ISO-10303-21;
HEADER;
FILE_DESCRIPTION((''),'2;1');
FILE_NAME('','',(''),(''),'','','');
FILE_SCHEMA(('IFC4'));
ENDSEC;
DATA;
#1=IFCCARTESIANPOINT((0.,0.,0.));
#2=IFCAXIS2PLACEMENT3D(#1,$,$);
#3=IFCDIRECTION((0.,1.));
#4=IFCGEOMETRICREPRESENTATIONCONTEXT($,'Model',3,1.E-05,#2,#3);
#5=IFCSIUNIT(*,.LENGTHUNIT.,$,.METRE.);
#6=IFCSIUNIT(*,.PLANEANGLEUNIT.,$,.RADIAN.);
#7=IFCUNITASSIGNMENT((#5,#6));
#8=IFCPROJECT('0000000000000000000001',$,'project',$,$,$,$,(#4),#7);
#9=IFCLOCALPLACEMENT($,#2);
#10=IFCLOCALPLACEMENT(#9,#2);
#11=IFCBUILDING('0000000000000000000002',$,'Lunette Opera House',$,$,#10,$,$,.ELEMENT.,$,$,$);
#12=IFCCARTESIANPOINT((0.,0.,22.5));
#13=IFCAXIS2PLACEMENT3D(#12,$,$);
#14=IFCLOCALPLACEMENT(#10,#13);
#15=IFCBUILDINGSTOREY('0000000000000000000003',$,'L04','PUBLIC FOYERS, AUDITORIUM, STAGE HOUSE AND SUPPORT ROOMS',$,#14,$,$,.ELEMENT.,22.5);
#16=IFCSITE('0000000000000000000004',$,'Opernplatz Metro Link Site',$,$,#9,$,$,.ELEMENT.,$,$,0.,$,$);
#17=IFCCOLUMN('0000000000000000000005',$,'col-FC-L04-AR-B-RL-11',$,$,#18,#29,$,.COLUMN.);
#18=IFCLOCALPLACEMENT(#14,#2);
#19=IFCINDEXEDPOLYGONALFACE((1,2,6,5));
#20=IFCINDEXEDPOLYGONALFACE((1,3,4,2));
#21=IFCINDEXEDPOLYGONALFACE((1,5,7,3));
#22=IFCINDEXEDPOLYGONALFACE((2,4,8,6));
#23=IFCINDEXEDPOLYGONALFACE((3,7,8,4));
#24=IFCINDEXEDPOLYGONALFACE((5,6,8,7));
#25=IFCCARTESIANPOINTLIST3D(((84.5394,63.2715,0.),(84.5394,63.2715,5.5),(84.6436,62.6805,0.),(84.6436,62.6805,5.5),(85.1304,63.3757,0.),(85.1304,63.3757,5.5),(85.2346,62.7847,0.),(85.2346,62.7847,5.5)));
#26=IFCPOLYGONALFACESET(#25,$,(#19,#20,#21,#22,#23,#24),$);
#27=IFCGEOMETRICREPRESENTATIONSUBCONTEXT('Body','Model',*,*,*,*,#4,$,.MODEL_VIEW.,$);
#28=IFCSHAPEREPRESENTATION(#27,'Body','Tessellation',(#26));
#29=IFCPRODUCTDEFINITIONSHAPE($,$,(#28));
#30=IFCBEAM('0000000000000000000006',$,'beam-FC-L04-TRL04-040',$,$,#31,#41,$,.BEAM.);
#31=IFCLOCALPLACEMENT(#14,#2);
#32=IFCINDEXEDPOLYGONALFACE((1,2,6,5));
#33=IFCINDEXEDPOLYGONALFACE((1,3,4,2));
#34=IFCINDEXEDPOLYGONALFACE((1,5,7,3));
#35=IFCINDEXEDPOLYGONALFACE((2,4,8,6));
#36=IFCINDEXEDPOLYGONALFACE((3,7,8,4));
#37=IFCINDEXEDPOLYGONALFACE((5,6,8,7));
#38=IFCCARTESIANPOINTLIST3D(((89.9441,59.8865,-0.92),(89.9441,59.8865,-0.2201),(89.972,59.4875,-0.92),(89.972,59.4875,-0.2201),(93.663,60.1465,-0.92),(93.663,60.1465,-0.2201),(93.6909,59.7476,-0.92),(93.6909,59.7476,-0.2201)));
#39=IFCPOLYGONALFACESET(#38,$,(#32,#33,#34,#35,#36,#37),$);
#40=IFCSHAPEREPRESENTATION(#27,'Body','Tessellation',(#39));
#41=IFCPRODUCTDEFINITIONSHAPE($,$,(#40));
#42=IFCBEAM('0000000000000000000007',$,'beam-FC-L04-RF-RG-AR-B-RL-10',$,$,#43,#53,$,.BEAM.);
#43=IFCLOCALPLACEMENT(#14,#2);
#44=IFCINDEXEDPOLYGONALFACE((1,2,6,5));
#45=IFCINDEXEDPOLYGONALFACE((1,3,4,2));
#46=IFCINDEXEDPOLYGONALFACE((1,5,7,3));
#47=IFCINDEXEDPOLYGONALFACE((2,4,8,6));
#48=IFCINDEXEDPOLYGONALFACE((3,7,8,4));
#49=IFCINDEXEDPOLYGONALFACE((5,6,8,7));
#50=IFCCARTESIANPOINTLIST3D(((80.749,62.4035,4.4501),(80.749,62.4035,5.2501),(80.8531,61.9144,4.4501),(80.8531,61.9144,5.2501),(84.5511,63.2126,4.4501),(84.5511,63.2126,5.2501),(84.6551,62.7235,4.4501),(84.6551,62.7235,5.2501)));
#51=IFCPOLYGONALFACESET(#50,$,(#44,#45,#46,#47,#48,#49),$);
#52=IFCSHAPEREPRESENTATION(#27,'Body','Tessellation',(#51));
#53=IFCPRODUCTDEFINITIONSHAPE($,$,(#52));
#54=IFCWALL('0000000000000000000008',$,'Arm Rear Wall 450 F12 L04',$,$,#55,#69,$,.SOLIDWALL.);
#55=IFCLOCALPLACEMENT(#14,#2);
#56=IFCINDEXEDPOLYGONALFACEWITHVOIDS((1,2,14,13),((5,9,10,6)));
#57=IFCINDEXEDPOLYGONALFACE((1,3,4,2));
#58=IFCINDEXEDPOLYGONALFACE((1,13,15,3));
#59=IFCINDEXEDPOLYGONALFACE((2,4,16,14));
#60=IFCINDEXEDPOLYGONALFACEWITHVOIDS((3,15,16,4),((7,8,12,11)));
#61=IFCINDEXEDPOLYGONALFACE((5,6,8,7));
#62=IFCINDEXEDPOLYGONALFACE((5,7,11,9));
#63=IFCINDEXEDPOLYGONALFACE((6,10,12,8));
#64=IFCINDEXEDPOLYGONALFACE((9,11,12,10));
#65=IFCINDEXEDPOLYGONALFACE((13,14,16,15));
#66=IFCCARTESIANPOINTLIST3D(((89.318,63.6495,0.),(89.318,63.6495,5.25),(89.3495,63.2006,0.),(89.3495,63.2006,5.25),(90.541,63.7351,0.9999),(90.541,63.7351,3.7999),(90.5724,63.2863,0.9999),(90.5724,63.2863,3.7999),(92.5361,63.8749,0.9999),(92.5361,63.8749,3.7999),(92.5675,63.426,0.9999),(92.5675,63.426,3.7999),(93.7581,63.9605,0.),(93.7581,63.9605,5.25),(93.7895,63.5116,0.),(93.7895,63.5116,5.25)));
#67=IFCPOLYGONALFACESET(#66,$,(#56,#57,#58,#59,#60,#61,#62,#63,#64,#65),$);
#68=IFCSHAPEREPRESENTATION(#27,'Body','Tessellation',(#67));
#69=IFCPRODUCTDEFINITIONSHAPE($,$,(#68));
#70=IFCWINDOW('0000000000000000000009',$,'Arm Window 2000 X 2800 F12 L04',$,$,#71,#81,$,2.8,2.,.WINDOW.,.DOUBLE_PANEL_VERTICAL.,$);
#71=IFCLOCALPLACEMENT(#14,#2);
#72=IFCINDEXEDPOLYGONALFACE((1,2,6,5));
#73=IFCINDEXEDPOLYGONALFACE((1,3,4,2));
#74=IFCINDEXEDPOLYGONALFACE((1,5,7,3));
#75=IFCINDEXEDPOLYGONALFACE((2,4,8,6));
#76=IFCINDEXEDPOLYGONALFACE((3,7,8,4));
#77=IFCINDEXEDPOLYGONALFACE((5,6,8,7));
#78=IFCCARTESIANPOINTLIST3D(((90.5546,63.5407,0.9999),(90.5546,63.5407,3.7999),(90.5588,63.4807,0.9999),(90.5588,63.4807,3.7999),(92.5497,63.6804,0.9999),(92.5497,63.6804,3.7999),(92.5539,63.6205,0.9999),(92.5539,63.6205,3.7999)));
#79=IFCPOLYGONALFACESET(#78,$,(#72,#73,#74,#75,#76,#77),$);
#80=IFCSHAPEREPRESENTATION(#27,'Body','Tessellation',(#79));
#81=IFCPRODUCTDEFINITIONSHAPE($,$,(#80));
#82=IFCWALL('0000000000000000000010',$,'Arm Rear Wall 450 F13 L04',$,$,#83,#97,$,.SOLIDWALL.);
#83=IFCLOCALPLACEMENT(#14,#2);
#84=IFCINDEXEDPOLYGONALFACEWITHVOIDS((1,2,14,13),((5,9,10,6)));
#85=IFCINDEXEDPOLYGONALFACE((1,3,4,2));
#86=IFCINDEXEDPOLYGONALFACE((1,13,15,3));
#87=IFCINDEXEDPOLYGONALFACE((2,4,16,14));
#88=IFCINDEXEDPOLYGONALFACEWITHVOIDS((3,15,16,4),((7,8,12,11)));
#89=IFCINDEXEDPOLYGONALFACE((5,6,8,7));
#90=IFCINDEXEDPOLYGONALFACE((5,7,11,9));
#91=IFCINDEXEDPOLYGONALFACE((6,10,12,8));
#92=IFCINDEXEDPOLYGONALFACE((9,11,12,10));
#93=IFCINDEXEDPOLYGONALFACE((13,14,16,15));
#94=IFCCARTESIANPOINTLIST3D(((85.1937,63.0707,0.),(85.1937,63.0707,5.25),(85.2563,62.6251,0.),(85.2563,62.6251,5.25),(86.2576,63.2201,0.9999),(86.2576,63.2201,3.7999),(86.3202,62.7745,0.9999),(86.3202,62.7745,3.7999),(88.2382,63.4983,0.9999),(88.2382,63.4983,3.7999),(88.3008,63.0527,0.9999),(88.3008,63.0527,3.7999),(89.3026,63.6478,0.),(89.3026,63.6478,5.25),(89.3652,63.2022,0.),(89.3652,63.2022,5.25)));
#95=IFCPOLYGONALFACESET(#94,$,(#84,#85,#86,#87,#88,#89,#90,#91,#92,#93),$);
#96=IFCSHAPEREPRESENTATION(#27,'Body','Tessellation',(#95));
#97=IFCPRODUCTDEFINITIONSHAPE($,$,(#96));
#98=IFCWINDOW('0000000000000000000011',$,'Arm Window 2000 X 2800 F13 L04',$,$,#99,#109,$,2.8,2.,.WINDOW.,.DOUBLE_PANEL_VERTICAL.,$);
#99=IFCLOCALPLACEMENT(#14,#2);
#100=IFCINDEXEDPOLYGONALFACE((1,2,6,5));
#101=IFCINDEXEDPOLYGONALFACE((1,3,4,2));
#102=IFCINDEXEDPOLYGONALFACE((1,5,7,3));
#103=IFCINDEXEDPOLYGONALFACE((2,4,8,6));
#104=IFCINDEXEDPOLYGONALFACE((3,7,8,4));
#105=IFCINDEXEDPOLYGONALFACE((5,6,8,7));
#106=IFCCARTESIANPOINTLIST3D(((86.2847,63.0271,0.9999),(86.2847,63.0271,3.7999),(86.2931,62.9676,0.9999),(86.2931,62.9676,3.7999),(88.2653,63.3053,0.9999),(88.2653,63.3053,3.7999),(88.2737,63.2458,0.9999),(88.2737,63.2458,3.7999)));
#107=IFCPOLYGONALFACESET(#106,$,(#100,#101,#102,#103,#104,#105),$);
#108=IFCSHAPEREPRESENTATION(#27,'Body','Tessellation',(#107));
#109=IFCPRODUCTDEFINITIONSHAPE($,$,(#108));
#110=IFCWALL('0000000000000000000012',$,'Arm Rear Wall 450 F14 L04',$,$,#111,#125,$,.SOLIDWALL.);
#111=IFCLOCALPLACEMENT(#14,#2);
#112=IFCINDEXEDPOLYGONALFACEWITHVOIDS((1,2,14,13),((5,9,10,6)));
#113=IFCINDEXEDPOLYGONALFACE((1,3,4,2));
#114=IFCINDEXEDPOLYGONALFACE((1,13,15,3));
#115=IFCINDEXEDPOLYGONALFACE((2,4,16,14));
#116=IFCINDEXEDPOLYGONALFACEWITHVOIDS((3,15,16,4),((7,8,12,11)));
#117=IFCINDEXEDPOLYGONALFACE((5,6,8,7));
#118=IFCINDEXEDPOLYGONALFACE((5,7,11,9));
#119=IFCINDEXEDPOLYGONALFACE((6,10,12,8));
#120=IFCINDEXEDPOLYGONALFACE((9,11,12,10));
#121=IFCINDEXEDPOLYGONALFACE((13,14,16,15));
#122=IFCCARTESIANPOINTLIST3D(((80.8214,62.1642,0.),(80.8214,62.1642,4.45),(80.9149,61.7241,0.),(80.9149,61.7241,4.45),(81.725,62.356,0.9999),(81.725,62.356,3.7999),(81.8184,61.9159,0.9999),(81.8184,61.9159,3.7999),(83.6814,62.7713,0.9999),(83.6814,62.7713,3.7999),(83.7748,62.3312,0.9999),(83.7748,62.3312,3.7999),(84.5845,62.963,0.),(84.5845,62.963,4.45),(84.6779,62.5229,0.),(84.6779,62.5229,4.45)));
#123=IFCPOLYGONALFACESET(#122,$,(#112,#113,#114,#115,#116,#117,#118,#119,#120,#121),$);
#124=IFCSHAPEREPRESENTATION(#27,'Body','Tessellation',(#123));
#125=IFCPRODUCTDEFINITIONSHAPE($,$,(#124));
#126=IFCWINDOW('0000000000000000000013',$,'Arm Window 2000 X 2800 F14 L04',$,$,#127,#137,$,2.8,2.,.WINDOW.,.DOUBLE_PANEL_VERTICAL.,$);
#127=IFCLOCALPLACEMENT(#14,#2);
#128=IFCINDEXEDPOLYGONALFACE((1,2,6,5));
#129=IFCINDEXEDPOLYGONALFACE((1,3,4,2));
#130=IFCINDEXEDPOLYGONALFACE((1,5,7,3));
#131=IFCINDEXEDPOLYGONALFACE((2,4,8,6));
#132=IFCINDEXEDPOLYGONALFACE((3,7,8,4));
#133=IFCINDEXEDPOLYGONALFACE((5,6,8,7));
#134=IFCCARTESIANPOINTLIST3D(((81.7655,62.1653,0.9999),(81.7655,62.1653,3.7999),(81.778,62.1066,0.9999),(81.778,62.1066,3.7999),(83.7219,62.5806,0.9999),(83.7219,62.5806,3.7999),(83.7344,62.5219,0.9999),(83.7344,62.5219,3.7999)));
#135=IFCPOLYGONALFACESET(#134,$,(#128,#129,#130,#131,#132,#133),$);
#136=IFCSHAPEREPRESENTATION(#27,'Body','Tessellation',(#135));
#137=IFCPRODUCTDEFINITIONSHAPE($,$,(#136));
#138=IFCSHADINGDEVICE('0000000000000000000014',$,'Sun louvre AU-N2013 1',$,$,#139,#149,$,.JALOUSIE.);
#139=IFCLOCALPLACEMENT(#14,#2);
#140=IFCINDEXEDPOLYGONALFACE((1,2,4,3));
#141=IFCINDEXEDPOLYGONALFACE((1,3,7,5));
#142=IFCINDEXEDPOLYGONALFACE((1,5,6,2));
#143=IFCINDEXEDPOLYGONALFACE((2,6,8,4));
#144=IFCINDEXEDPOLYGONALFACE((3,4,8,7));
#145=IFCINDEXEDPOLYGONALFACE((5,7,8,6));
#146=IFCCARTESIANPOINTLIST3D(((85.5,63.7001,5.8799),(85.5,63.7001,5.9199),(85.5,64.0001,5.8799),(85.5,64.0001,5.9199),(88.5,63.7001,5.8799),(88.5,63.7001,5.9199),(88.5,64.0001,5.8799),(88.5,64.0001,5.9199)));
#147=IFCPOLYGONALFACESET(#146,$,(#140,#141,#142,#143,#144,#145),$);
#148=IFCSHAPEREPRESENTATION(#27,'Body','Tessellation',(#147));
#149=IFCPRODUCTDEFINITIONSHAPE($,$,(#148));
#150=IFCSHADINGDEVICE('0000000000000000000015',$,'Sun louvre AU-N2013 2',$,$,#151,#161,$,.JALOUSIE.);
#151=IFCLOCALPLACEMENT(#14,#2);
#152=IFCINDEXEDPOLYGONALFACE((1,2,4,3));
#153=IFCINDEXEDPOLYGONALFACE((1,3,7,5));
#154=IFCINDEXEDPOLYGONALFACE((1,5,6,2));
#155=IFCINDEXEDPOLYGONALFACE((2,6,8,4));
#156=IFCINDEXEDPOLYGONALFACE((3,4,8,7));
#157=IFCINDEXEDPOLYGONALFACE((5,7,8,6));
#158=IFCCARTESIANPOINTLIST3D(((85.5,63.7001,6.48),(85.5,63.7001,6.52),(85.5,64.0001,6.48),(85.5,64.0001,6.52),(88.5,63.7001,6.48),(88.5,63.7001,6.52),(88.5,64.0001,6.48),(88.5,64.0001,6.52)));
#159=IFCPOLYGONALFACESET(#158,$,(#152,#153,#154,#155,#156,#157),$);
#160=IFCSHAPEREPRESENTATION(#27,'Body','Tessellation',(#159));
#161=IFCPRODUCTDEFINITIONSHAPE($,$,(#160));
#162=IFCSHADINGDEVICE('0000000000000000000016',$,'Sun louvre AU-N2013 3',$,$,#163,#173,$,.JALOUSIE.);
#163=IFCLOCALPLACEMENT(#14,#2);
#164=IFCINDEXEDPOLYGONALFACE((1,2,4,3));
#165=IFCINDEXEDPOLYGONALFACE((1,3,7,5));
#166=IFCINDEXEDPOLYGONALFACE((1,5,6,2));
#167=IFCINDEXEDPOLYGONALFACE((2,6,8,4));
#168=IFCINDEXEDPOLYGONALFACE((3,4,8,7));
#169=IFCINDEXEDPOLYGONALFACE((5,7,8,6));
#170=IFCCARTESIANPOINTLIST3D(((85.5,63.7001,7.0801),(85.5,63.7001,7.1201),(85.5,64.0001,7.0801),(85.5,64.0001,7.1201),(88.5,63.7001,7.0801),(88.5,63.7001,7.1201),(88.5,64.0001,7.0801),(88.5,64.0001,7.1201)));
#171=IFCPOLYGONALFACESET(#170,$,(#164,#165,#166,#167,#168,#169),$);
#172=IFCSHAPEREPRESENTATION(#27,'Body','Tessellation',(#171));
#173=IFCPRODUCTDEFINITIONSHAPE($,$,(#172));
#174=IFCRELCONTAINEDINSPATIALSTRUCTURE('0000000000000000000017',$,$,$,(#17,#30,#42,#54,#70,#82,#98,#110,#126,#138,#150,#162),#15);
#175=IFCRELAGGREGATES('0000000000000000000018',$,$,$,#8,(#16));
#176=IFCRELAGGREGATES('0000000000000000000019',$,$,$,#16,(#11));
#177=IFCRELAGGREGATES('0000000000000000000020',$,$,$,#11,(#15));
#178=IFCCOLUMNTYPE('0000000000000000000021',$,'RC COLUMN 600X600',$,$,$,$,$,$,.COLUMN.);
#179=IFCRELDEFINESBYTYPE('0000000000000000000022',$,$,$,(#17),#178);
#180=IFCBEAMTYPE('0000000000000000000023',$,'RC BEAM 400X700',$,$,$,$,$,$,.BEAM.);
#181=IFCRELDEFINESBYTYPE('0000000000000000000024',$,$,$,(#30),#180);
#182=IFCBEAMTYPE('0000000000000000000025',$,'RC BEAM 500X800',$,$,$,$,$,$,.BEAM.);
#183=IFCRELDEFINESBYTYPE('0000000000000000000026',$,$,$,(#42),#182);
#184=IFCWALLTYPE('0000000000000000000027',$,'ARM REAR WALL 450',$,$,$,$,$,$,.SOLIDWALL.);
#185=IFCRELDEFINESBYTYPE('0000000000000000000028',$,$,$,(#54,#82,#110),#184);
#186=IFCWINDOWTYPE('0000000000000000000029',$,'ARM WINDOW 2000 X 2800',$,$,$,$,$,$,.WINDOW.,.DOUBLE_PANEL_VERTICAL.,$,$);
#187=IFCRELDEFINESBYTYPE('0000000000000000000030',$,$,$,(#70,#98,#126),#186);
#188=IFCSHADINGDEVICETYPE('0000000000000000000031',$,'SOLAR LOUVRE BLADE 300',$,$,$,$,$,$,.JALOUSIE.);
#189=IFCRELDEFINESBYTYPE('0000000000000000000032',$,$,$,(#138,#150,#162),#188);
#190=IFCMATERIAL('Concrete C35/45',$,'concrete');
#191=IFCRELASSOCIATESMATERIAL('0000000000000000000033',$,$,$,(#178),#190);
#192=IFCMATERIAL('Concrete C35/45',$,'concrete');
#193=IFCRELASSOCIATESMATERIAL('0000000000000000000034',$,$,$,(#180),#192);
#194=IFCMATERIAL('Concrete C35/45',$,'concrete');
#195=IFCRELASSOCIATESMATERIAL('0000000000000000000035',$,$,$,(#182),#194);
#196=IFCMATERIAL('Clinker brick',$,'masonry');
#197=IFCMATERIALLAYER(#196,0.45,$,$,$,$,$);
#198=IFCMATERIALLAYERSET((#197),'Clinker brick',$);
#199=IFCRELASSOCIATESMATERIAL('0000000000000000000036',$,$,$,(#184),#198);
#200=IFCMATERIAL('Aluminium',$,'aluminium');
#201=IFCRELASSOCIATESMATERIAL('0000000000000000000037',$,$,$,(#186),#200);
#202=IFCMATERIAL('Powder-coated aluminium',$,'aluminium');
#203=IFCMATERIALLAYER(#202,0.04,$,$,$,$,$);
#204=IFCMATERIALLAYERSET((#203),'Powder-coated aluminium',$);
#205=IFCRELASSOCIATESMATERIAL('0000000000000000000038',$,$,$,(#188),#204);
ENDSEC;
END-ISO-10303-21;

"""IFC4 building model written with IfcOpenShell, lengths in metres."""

from ifc_helpers import new_model, si_unit, direction, frame, frame_2d, origin, origin_2d, place, context, subcontext, project, spatial, rectangle, extrude, material, layer, layer_set, material_profile, profile_set, type_object, element, fill, save


model = new_model("IFC4")

# Units and contexts
model_context = context("Model", 3, precision=1e-05, world=origin(), true_north=direction((0.0, 1.0)))
body_context = subcontext(model_context, "Body", "Model", "MODEL_VIEW")
ifc_project = project(units=[si_unit("LENGTHUNIT", "METRE"), si_unit("PLANEANGLEUNIT", "RADIAN")], contexts=[model_context])

# Site, building, storey
site_placement = place(None, origin())
site = spatial("IfcSite", under=ifc_project, at=site_placement, Name="Opernplatz Metro Link Site", CompositionType="ELEMENT", RefElevation=0.0)
building_placement = place(site_placement, origin())
building = spatial("IfcBuilding", under=site, at=building_placement, Name="Lunette Opera House", CompositionType="ELEMENT")
storey_placement = place(building_placement, frame((0.0, 0.0, 22.5)))
storey = spatial("IfcBuildingStorey", under=building, at=storey_placement, Name="L04", Description="PUBLIC FOYERS, AUDITORIUM, STAGE HOUSE AND SUPPORT ROOMS", CompositionType="ELEMENT", Elevation=22.5)

# Column
ifc_material_1 = material(Name="Concrete C35/45", Category="concrete")
ifc_material_profile_1 = material_profile(ifc_material_1, rectangle(XDim=0.6001, YDim=0.6001, at=origin_2d()), Name="RC COLUMN 600X600")
ifc_profile_set_1 = profile_set([ifc_material_profile_1], Name="Concrete C35/45")
column_type = type_object("IfcColumnType", Name="RC COLUMN 600X600", PredefinedType="COLUMN", material=ifc_profile_set_1)
column_placement = place(storey_placement, frame((84.887, 63.0281, 0.0), z_axis=(0.0, 0.0, 1.0), x_axis=(0.984808, 0.173648, 0.0)))
element("IfcColumn", 1, at=column_placement, inside=storey, type_object=column_type, Name="col-FC-L04-AR-B-RL-11", PredefinedType="COLUMN", context=body_context, shape_type="SweptSolid", body=[
    extrude(rectangle(XDim=0.6001, YDim=0.6001, at=origin_2d()), origin(), (0.0, 0.0, 1.0), 5.5),
])

# Beams
ifc_material_2 = material(Name="Concrete C35/45", Category="concrete")
ifc_material_profile_2 = material_profile(ifc_material_2, rectangle(XDim=0.3999, YDim=0.7, at=origin_2d()), Name="RC BEAM 400X700")
ifc_profile_set_2 = profile_set([ifc_material_profile_2], Name="Concrete C35/45")
beam_type_1 = type_object("IfcBeamType", Name="RC BEAM 400X700", PredefinedType="BEAM", material=ifc_profile_set_2)
beam_1_placement = place(storey_placement, frame((89.958, 59.687, -0.5701), z_axis=(0.997565, 0.069744, 0.0), x_axis=(-0.069744, 0.997565, 0.0)))
element("IfcBeam", 2, at=beam_1_placement, inside=storey, type_object=beam_type_1, Name="beam-FC-L04-TRL04-040", PredefinedType="BEAM", context=body_context, shape_type="SweptSolid", body=[
    extrude(rectangle(XDim=0.3999, YDim=0.7, at=origin_2d()), origin(), (0.0, 0.0, 1.0), 3.728),
])
ifc_material_3 = material(Name="Concrete C35/45", Category="concrete")
ifc_material_profile_3 = material_profile(ifc_material_3, rectangle(XDim=0.5, YDim=0.8, at=origin_2d()), Name="RC BEAM 500X800")
ifc_profile_set_3 = profile_set([ifc_material_profile_3], Name="Concrete C35/45")
beam_type_2 = type_object("IfcBeamType", Name="RC BEAM 500X800", PredefinedType="BEAM", material=ifc_profile_set_3)
beam_2_placement = place(storey_placement, frame((80.801, 62.1589, 4.8501), z_axis=(0.978098, 0.208143, 0.0), x_axis=(-0.208143, 0.978098, 0.0)))
element("IfcBeam", 3, at=beam_2_placement, inside=storey, type_object=beam_type_2, Name="beam-FC-L04-RF-RG-AR-B-RL-10", PredefinedType="BEAM", context=body_context, shape_type="SweptSolid", body=[
    extrude(rectangle(XDim=0.5, YDim=0.8, at=origin_2d()), origin(), (0.0, 0.0, 1.0), 3.8872),
])

# Walls, openings, windows
ifc_material_4 = material(Name="Clinker brick", Category="masonry")
ifc_layer_1 = layer(ifc_material_4, 0.45)
ifc_layer_set_1 = layer_set([ifc_layer_1], Name="Clinker brick")
wall_type = type_object("IfcWallType", Name="ARM REAR WALL 450", PredefinedType="SOLIDWALL", material=ifc_layer_set_1)
wall_1_placement = place(storey_placement, frame((93.7739, 63.7361, 0.0), z_axis=(0.0, 0.0, 1.0), x_axis=(-0.997555, -0.069883, 0.0)))
wall_1 = element("IfcWall", 4, at=wall_1_placement, inside=storey, type_object=wall_type, Name="Arm Rear Wall 450 F12 L04", PredefinedType="SOLIDWALL", context=body_context, shape_type="SweptSolid", body=[
    extrude(rectangle(XDim=4.4509, YDim=0.45, at=frame_2d((2.2256, 0.0))), origin(), (0.0, 0.0, 1.0), 5.25),
])
opening_1_placement = place(wall_1_placement, frame((1.2251, 0.0, 1.0)))
opening_1 = element("IfcOpeningElement", 5, at=opening_1_placement, cuts=wall_1, PredefinedType="OPENING", context=body_context, shape_type="SweptSolid", body=[
    extrude(rectangle(XDim=2.0, YDim=2.8, at=frame_2d((1.0, 1.3999))), frame((0.0, 0.2371, 0.0), z_axis=(0.0, -1.0, 0.0), x_axis=(1.0, 0.0, 0.0)), (0.0, 0.0, 1.0), 0.4739),
])
ifc_material_5 = material(Name="Aluminium", Category="aluminium")
window_type = type_object("IfcWindowType", Name="ARM WINDOW 2000 X 2800", PartitioningType="DOUBLE_PANEL_VERTICAL", PredefinedType="WINDOW", material=ifc_material_5)
window_1_placement = place(opening_1_placement, origin())
window_1 = element("IfcWindow", 6, at=window_1_placement, inside=storey, type_object=window_type, Name="Arm Window 2000 X 2800 F12 L04", OverallHeight=2.8, OverallWidth=2.0, PartitioningType="DOUBLE_PANEL_VERTICAL", PredefinedType="WINDOW", context=body_context, shape_type="SweptSolid", body=[
    extrude(rectangle(XDim=2.0, YDim=2.8, at=frame_2d((1.0, 1.3999))), frame((0.0, 0.03, 0.0), z_axis=(0.0, -1.0, 0.0), x_axis=(1.0, 0.0, 0.0)), (0.0, 0.0, 1.0), 0.0601),
])
fill(opening_1, window_1)
wall_2_placement = place(storey_placement, frame((89.334, 63.425, 0.0), z_axis=(0.0, 0.0, 1.0), x_axis=(-0.990279, -0.139098, 0.0)))
wall_2 = element("IfcWall", 7, at=wall_2_placement, inside=storey, type_object=wall_type, Name="Arm Rear Wall 450 F13 L04", PredefinedType="SOLIDWALL", context=body_context, shape_type="SweptSolid", body=[
    extrude(rectangle(XDim=4.1492, YDim=0.45, at=frame_2d((2.0747, 0.0))), origin(), (0.0, 0.0, 1.0), 5.25),
])
opening_2_placement = place(wall_2_placement, frame((1.075, 0.0, 1.0)))
opening_2 = element("IfcOpeningElement", 8, at=opening_2_placement, cuts=wall_2, PredefinedType="OPENING", context=body_context, shape_type="SweptSolid", body=[
    extrude(rectangle(XDim=2.0, YDim=2.8, at=frame_2d((1.0, 1.3999))), frame((0.0, 0.2371, 0.0), z_axis=(0.0, -1.0, 0.0), x_axis=(1.0, 0.0, 0.0)), (0.0, 0.0, 1.0), 0.4739),
])
window_2_placement = place(opening_2_placement, origin())
window_2 = element("IfcWindow", 9, at=window_2_placement, inside=storey, type_object=window_type, Name="Arm Window 2000 X 2800 F13 L04", OverallHeight=2.8, OverallWidth=2.0, PartitioningType="DOUBLE_PANEL_VERTICAL", PredefinedType="WINDOW", context=body_context, shape_type="SweptSolid", body=[
    extrude(rectangle(XDim=2.0, YDim=2.8, at=frame_2d((1.0, 1.3999))), frame((0.0, 0.03, 0.0), z_axis=(0.0, -1.0, 0.0), x_axis=(1.0, 0.0, 0.0)), (0.0, 0.0, 1.0), 0.0601),
])
fill(opening_2, window_2)
wall_3_placement = place(storey_placement, frame((84.6311, 62.7429, 0.0), z_axis=(0.0, 0.0, 1.0), x_axis=(-0.978204, -0.207648, 0.0)))
wall_3 = element("IfcWall", 10, at=wall_3_placement, inside=storey, type_object=wall_type, Name="Arm Rear Wall 450 F14 L04", PredefinedType="SOLIDWALL", context=body_context, shape_type="SweptSolid", body=[
    extrude(rectangle(XDim=3.8469, YDim=0.45, at=frame_2d((1.9233, 0.0))), origin(), (0.0, 0.0, 1.0), 4.45),
])
opening_3_placement = place(wall_3_placement, frame((0.9231, 0.0, 1.0)))
opening_3 = element("IfcOpeningElement", 11, at=opening_3_placement, cuts=wall_3, PredefinedType="OPENING", context=body_context, shape_type="SweptSolid", body=[
    extrude(rectangle(XDim=2.0, YDim=2.8, at=frame_2d((1.0, 1.3999))), frame((0.0, 0.2371, 0.0), z_axis=(0.0, -1.0, 0.0), x_axis=(1.0, 0.0, 0.0)), (0.0, 0.0, 1.0), 0.4739),
])
window_3_placement = place(opening_3_placement, origin())
window_3 = element("IfcWindow", 12, at=window_3_placement, inside=storey, type_object=window_type, Name="Arm Window 2000 X 2800 F14 L04", OverallHeight=2.8, OverallWidth=2.0, PartitioningType="DOUBLE_PANEL_VERTICAL", PredefinedType="WINDOW", context=body_context, shape_type="SweptSolid", body=[
    extrude(rectangle(XDim=2.0, YDim=2.8, at=frame_2d((1.0, 1.3999))), frame((0.0, 0.03, 0.0), z_axis=(0.0, -1.0, 0.0), x_axis=(1.0, 0.0, 0.0)), (0.0, 0.0, 1.0), 0.0601),
])
fill(opening_3, window_3)

# Shading devices
ifc_material_6 = material(Name="Powder-coated aluminium", Category="aluminium")
ifc_layer_2 = layer(ifc_material_6, 0.04)
ifc_layer_set_2 = layer_set([ifc_layer_2], Name="Powder-coated aluminium")
shading_device_type = type_object("IfcShadingDeviceType", Name="SOLAR LOUVRE BLADE 300", PredefinedType="JALOUSIE", material=ifc_layer_set_2)
for number, where, z_axis, x_axis, name in (
    (13, (87.0, 63.8501, 5.8799), (0.0, 0.0, 1.0), (0.0, -1.0, 0.0), "Sun louvre AU-N2013 1"),
    (14, (87.0, 63.8501, 6.48), (0.0, 0.0, 1.0), (0.0, -1.0, 0.0), "Sun louvre AU-N2013 2"),
    (15, (87.0, 63.8501, 7.0801), (0.0, 0.0, 1.0), (0.0, -1.0, 0.0), "Sun louvre AU-N2013 3"),
):
    element("IfcShadingDevice", number, at=place(storey_placement, frame(where, z_axis=z_axis, x_axis=x_axis)), inside=storey, type_object=shading_device_type, Name=name, PredefinedType="JALOUSIE", context=body_context, shape_type="SweptSolid", body=[
        extrude(rectangle(XDim=0.3, YDim=3.0, at=origin_2d()), origin(), (0.0, 0.0, 1.0), 0.04),
    ])

save(model, "model.ifc")
